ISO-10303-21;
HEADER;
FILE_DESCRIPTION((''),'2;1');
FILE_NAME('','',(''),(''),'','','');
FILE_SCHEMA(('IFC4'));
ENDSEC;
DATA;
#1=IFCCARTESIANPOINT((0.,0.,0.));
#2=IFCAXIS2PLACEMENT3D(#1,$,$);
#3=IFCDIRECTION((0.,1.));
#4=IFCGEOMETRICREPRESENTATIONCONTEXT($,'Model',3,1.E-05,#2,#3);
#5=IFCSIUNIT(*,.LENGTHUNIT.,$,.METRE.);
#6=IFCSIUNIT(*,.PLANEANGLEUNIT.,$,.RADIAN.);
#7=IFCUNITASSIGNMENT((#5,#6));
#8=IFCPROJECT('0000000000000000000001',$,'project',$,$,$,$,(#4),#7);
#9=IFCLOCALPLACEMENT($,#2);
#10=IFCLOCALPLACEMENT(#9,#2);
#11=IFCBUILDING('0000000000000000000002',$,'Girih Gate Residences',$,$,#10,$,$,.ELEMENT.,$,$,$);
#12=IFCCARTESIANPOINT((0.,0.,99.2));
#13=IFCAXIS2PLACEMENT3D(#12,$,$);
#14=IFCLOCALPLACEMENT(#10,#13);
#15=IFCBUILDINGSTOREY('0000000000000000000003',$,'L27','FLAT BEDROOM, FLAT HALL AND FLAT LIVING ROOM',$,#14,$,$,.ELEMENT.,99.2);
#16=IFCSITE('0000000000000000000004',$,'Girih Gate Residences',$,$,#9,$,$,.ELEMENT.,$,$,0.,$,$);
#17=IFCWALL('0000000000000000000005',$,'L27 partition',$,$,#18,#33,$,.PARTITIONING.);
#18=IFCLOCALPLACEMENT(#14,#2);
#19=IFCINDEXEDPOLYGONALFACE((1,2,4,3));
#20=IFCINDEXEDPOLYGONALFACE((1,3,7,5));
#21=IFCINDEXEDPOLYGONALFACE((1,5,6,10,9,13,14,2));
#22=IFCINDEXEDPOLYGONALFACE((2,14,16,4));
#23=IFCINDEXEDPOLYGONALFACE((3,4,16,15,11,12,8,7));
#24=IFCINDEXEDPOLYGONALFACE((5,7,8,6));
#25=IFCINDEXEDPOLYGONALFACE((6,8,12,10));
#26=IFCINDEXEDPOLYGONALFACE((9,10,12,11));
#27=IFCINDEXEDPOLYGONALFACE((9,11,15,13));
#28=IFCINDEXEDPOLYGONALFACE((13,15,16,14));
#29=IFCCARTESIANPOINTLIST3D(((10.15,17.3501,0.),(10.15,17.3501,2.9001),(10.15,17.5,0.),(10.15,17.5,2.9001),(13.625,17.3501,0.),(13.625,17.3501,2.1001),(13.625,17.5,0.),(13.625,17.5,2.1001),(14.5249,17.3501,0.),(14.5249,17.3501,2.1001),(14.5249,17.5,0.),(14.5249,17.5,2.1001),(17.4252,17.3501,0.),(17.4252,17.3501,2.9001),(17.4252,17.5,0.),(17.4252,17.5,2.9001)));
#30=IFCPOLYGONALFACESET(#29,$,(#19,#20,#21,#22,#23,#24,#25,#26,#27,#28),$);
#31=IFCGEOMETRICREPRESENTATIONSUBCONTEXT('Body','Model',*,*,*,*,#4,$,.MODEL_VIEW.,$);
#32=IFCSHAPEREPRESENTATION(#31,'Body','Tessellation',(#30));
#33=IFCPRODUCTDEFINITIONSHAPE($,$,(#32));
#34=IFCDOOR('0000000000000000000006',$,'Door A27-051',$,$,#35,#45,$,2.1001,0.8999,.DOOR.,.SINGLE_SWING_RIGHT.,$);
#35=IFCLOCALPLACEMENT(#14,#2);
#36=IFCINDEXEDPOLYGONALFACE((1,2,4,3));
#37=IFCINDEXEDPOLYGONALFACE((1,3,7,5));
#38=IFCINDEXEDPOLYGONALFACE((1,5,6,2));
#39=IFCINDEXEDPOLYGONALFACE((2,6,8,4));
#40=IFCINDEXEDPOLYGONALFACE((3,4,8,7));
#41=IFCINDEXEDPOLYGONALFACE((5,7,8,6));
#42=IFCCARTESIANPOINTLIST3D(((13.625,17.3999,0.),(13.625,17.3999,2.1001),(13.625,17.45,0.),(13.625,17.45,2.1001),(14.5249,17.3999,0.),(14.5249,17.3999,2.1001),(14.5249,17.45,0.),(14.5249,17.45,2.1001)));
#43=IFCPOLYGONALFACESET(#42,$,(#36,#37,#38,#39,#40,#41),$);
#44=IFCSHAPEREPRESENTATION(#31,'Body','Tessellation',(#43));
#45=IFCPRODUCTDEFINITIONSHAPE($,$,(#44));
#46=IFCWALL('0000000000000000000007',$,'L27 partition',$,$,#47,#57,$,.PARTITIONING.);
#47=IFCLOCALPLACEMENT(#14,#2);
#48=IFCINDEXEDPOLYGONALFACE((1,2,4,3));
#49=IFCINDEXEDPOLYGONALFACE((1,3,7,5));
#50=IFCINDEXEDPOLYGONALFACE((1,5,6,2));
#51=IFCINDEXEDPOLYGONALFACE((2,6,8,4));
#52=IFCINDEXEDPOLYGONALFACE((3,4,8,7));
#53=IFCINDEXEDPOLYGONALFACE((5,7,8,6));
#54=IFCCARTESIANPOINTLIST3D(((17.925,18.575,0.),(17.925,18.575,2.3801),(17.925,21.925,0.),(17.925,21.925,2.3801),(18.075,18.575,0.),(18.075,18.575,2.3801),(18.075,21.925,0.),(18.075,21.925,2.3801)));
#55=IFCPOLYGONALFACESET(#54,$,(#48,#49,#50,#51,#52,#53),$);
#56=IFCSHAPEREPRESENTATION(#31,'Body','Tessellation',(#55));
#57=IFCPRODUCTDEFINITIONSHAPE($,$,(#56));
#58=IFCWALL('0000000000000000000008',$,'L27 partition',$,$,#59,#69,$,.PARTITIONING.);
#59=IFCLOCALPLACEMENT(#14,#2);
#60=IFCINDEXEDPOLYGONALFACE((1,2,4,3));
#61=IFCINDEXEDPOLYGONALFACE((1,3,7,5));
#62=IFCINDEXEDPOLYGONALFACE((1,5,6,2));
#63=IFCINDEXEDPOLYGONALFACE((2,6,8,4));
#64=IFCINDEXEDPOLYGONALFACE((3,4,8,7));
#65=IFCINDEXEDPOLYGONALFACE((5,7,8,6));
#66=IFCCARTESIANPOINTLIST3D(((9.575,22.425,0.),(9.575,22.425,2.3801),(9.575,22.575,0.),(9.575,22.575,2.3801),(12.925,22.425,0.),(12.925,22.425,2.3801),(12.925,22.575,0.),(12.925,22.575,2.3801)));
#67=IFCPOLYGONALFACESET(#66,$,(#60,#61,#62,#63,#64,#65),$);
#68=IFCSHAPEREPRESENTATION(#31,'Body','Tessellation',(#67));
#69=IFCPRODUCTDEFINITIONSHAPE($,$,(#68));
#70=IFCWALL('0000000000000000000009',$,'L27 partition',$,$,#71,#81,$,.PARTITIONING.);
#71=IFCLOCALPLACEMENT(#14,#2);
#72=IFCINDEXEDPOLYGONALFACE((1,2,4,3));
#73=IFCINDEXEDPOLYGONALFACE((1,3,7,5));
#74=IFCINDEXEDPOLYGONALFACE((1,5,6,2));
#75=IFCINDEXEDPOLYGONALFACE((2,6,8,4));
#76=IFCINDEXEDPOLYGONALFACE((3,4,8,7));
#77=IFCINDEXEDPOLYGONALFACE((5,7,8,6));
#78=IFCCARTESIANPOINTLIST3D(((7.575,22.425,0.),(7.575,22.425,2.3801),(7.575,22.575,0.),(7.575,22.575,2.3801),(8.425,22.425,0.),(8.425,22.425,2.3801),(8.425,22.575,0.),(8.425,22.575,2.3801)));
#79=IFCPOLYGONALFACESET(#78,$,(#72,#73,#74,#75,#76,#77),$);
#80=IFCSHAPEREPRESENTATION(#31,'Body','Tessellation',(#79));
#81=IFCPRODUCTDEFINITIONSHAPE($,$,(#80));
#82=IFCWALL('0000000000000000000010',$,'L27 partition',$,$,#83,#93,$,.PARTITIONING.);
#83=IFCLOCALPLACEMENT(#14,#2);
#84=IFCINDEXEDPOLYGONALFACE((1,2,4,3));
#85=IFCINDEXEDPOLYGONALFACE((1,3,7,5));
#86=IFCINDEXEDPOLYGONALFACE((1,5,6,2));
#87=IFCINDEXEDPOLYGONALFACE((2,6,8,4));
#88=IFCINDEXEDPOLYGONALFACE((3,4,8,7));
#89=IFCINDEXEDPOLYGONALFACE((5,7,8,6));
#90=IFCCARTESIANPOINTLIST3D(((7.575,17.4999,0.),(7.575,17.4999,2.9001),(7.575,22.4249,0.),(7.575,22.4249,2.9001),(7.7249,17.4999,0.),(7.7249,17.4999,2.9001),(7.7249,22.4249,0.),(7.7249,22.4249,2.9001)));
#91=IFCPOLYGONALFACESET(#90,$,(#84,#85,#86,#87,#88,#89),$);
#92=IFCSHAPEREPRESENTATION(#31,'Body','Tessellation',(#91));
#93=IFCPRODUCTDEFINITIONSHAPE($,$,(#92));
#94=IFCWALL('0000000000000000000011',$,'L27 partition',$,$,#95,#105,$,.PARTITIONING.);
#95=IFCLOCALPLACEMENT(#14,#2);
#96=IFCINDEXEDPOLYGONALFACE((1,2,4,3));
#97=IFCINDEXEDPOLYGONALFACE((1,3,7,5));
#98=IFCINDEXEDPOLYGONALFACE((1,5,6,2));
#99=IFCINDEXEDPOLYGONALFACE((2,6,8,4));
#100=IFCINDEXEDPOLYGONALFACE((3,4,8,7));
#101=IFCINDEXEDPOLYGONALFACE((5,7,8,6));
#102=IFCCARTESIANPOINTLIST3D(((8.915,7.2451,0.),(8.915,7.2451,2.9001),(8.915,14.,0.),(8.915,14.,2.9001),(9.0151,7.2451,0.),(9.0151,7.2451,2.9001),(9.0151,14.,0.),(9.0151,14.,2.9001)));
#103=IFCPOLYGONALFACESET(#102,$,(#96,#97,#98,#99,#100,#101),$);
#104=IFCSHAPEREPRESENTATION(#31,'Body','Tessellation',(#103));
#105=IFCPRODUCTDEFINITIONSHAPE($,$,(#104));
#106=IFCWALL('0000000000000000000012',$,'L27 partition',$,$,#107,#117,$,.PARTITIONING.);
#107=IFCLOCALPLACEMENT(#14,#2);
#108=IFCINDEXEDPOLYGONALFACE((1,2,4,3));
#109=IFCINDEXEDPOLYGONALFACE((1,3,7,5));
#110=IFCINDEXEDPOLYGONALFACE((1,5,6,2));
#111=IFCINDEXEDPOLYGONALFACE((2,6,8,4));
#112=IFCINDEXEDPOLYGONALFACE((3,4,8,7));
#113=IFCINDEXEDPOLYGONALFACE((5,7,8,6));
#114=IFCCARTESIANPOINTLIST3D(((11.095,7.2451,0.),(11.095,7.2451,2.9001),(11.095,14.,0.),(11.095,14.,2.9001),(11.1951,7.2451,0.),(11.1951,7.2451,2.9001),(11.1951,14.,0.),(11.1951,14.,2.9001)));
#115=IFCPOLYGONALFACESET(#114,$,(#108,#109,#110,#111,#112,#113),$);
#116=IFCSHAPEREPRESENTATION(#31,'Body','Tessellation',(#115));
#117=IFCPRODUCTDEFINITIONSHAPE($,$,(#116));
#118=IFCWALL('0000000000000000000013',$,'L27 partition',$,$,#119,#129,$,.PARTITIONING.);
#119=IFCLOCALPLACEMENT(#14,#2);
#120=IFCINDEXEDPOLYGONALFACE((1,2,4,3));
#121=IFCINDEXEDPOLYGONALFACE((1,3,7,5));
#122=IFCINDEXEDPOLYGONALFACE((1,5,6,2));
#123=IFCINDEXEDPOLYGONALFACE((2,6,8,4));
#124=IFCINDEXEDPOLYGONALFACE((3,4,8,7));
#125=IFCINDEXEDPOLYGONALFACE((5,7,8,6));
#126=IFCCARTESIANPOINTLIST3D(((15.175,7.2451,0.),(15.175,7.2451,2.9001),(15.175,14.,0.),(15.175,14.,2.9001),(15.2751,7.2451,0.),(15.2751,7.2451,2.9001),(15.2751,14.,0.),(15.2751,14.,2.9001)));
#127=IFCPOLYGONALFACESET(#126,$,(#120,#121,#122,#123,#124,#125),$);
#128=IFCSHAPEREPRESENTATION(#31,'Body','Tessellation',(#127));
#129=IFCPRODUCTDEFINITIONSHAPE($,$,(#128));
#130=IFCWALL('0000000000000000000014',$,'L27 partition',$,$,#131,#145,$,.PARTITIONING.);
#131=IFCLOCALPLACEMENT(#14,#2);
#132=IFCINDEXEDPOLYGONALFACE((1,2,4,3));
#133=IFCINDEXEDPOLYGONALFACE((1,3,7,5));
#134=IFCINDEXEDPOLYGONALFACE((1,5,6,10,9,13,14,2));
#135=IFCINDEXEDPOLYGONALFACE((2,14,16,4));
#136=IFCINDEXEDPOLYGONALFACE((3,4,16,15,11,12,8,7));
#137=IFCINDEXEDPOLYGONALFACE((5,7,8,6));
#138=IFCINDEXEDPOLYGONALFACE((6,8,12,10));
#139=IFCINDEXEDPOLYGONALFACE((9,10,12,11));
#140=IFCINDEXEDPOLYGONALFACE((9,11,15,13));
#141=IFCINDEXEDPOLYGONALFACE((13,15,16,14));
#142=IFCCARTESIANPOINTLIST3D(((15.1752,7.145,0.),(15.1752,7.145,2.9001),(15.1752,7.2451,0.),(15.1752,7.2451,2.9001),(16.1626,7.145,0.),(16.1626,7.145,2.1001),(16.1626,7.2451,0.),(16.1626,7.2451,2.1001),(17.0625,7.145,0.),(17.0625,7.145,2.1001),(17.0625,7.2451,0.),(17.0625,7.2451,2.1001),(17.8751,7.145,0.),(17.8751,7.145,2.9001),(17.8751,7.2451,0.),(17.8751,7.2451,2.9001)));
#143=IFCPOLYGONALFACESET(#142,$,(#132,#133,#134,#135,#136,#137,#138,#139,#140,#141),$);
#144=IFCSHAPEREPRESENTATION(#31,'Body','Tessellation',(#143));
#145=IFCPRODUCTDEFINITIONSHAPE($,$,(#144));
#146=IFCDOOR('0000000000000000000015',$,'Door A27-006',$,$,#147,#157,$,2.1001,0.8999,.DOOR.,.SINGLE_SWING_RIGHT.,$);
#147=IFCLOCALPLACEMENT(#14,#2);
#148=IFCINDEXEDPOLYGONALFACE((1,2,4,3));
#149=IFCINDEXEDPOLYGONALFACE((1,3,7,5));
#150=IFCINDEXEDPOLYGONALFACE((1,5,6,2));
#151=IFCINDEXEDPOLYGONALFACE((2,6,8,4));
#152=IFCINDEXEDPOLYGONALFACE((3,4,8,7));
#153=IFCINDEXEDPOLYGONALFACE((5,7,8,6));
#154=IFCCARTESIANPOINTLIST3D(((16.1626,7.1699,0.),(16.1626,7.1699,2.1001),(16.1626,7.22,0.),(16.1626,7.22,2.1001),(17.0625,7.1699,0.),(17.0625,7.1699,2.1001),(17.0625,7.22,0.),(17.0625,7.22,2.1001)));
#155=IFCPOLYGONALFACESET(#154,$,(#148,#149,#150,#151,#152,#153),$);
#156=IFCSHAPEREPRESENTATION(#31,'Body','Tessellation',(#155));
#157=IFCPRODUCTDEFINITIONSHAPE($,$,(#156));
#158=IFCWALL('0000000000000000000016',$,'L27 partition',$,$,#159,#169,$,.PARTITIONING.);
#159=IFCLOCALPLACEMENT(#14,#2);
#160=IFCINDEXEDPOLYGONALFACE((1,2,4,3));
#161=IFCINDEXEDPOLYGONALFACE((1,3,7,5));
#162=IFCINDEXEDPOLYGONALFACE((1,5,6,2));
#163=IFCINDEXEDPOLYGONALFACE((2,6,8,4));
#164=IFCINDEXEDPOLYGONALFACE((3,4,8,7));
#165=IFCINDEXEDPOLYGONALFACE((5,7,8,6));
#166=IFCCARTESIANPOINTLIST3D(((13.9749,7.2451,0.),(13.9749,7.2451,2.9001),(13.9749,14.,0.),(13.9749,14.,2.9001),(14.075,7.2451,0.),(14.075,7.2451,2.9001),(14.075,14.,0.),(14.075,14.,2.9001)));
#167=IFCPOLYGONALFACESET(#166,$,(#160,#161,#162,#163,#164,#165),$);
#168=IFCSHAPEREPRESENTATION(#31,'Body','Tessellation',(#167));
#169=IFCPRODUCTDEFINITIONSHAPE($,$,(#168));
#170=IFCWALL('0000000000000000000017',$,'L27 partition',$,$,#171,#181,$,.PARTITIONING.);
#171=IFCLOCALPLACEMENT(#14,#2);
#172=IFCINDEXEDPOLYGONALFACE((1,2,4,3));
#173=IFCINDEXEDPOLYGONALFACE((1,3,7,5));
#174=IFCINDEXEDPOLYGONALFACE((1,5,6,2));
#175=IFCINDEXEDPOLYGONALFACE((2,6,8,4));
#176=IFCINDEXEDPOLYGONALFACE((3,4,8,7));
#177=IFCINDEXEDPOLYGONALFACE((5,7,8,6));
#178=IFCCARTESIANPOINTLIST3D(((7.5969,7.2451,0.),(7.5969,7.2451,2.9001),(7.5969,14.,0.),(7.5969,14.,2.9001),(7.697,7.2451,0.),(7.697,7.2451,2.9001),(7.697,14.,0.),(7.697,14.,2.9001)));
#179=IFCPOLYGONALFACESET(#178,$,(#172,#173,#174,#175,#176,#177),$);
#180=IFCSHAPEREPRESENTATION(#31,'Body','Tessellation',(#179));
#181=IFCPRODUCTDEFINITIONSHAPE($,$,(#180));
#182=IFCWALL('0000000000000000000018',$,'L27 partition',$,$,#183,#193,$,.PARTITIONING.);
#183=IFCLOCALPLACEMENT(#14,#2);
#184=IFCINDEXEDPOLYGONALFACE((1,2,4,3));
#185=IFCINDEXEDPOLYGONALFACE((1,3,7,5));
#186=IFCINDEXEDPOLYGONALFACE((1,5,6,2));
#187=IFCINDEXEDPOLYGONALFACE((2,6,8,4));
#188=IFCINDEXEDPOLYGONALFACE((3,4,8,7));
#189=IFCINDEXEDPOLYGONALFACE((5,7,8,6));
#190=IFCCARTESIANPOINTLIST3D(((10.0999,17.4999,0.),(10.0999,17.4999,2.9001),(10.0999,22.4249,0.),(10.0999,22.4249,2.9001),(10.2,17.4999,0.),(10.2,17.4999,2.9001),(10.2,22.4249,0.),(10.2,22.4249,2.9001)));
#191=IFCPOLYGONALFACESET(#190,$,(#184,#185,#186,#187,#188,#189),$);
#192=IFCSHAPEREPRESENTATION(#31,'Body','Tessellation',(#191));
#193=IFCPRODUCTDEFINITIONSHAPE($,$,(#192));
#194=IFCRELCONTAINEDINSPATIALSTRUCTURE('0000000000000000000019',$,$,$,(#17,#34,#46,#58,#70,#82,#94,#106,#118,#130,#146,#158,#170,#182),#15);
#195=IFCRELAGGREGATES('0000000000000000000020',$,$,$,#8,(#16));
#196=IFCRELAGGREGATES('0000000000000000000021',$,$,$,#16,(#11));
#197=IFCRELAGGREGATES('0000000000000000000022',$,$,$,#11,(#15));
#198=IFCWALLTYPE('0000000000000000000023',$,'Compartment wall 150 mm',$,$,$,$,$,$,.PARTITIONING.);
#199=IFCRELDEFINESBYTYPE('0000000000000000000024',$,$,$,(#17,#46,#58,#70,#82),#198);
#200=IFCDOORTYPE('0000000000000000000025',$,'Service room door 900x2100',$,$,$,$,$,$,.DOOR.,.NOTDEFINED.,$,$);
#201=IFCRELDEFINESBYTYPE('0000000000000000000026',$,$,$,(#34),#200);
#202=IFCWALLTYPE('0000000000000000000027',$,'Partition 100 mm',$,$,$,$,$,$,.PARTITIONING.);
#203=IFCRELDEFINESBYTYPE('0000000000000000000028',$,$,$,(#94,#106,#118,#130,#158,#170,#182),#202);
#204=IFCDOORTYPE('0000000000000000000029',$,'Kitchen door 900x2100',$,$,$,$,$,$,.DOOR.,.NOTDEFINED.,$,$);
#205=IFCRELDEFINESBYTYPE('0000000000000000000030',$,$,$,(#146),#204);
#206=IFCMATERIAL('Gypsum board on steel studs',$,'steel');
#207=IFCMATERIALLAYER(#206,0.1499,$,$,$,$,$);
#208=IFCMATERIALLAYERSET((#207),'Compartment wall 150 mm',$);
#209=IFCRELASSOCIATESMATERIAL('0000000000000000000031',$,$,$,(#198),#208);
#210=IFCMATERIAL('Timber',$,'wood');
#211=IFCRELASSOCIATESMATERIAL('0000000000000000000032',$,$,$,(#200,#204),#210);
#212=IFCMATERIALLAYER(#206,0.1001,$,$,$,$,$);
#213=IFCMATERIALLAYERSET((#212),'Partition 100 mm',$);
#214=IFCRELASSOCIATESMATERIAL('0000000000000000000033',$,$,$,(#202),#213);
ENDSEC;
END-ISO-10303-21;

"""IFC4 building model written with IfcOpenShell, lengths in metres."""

from ifc_helpers import new_model, si_unit, direction, frame, frame_2d, origin, place, context, subcontext, project, spatial, rectangle, extrude, material, layer, layer_set, type_object, element, fill, save


model = new_model("IFC4")

# Units and contexts
model_context = context("Model", 3, precision=1e-05, world=origin(), true_north=direction((0.0, 1.0)))
body_context = subcontext(model_context, "Body", "Model", "MODEL_VIEW")
ifc_project = project(units=[si_unit("LENGTHUNIT", "METRE"), si_unit("PLANEANGLEUNIT", "RADIAN")], contexts=[model_context])

# Site, building, storey
site_placement = place(None, origin())
site = spatial("IfcSite", under=ifc_project, at=site_placement, Name="Girih Gate Residences", CompositionType="ELEMENT", RefElevation=0.0)
building_placement = place(site_placement, origin())
building = spatial("IfcBuilding", under=site, at=building_placement, Name="Girih Gate Residences", CompositionType="ELEMENT")
storey_placement = place(building_placement, frame((0.0, 0.0, 99.2)))
storey = spatial("IfcBuildingStorey", under=building, at=storey_placement, Name="L27", Description="FLAT BEDROOM, FLAT HALL AND FLAT LIVING ROOM", CompositionType="ELEMENT", Elevation=99.2)

# Shared definitions
ifc_material_1 = material(Name="Gypsum board on steel studs", Category="steel")

# Shared definitions
ifc_layer_1 = layer(ifc_material_1, 0.1499)
ifc_layer_set_1 = layer_set([ifc_layer_1], Name="Compartment wall 150 mm")
wall_type_1 = type_object("IfcWallType", Name="Compartment wall 150 mm", PredefinedType="PARTITIONING", material=ifc_layer_set_1)

# Wall, opening, door
wall_1_placement = place(storey_placement, frame((10.1499, 17.425, 0.0), z_axis=(0.0, 0.0, 1.0), x_axis=(1.0, 0.0, 0.0)))
wall_1 = element("IfcWall", 1, at=wall_1_placement, inside=storey, type_object=wall_type_1, Name="L27 partition", PredefinedType="PARTITIONING", context=body_context, shape_type="SweptSolid", body=[
    extrude(rectangle(XDim=7.2751, YDim=0.1499, at=frame_2d((3.6377, 0.0))), origin(), (0.0, 0.0, 1.0), 2.9001),
])
opening_1_placement = place(wall_1_placement, frame((3.4751, 0.0, 0.0)))
opening_1 = element("IfcOpeningElement", 2, at=opening_1_placement, cuts=wall_1, PredefinedType="OPENING", context=body_context, shape_type="SweptSolid", body=[
    extrude(rectangle(XDim=0.8999, YDim=2.1001, at=frame_2d((0.45, 1.05))), frame((0.0, 0.085, 0.0), z_axis=(0.0, -1.0, 0.0), x_axis=(1.0, 0.0, 0.0)), (0.0, 0.0, 1.0), 0.1699),
])
ifc_material_2 = material(Name="Timber", Category="wood")
door_type_1 = type_object("IfcDoorType", Name="Service room door 900x2100", OperationType="NOTDEFINED", PredefinedType="DOOR", material=ifc_material_2)
door_1_placement = place(opening_1_placement, origin())
door_1 = element("IfcDoor", 3, at=door_1_placement, inside=storey, type_object=door_type_1, Name="Door A27-051", OperationType="SINGLE_SWING_RIGHT", OverallHeight=2.1001, OverallWidth=0.8999, PredefinedType="DOOR", context=body_context, shape_type="SweptSolid", body=[
    extrude(rectangle(XDim=0.8999, YDim=2.1001, at=frame_2d((0.45, 1.05))), frame((0.0, 0.0249, 0.0), z_axis=(0.0, -1.0, 0.0), x_axis=(1.0, 0.0, 0.0)), (0.0, 0.0, 1.0), 0.05),
])
fill(opening_1, door_1)

# Walls
for number, where, z_axis, x_axis, name in (
    (4, (18.0, 18.575, 0.0), (0.0, 0.0, 1.0), (0.0, 1.0, 0.0), "L27 partition"),
    (5, (9.575, 22.5, 0.0), (0.0, 0.0, 1.0), (1.0, 0.0, 0.0), "L27 partition"),
):
    element("IfcWall", number, at=place(storey_placement, frame(where, z_axis=z_axis, x_axis=x_axis)), inside=storey, type_object=wall_type_1, Name=name, PredefinedType="PARTITIONING", context=body_context, shape_type="SweptSolid", body=[
        extrude(rectangle(XDim=3.3501, YDim=0.1499, at=frame_2d((1.675, 0.0))), origin(), (0.0, 0.0, 1.0), 2.3801),
    ])
wall_2_placement = place(storey_placement, frame((7.575, 22.5, 0.0), z_axis=(0.0, 0.0, 1.0), x_axis=(1.0, 0.0, 0.0)))
element("IfcWall", 6, at=wall_2_placement, inside=storey, type_object=wall_type_1, Name="L27 partition", PredefinedType="PARTITIONING", context=body_context, shape_type="SweptSolid", body=[
    extrude(rectangle(XDim=0.8501, YDim=0.1499, at=frame_2d((0.425, 0.0))), origin(), (0.0, 0.0, 1.0), 2.3801),
])
wall_3_placement = place(storey_placement, frame((7.6499, 17.5, 0.0), z_axis=(0.0, 0.0, 1.0), x_axis=(0.0, 1.0, 0.0)))
element("IfcWall", 7, at=wall_3_placement, inside=storey, type_object=wall_type_1, Name="L27 partition", PredefinedType="PARTITIONING", context=body_context, shape_type="SweptSolid", body=[
    extrude(rectangle(XDim=4.925, YDim=0.1499, at=frame_2d((2.4624, 0.0))), origin(), (0.0, 0.0, 1.0), 2.9001),
])
ifc_layer_2 = layer(ifc_material_1, 0.1001)
ifc_layer_set_2 = layer_set([ifc_layer_2], Name="Partition 100 mm")
wall_type_2 = type_object("IfcWallType", Name="Partition 100 mm", PredefinedType="PARTITIONING", material=ifc_layer_set_2)
for number, where, z_axis, x_axis, name in (
    (8, (8.9651, 7.2451, 0.0), (0.0, 0.0, 1.0), (0.0, 1.0, 0.0), "L27 partition"),
    (9, (11.145, 7.2451, 0.0), (0.0, 0.0, 1.0), (0.0, 1.0, 0.0), "L27 partition"),
    (10, (15.2251, 7.2451, 0.0), (0.0, 0.0, 1.0), (0.0, 1.0, 0.0), "L27 partition"),
):
    element("IfcWall", number, at=place(storey_placement, frame(where, z_axis=z_axis, x_axis=x_axis)), inside=storey, type_object=wall_type_2, Name=name, PredefinedType="PARTITIONING", context=body_context, shape_type="SweptSolid", body=[
        extrude(rectangle(XDim=6.7549, YDim=0.1001, at=frame_2d((3.3774, 0.0))), origin(), (0.0, 0.0, 1.0), 2.9001),
    ])

# Wall, opening, door
wall_4_placement = place(storey_placement, frame((15.175, 7.1951, 0.0), z_axis=(0.0, 0.0, 1.0), x_axis=(1.0, 0.0, 0.0)))
wall_4 = element("IfcWall", 11, at=wall_4_placement, inside=storey, type_object=wall_type_2, Name="L27 partition", PredefinedType="PARTITIONING", context=body_context, shape_type="SweptSolid", body=[
    extrude(rectangle(XDim=2.7, YDim=0.1001, at=frame_2d((1.3501, 0.0))), origin(), (0.0, 0.0, 1.0), 2.9001),
])
opening_2_placement = place(wall_4_placement, frame((0.9875, 0.0, 0.0)))
opening_2 = element("IfcOpeningElement", 12, at=opening_2_placement, cuts=wall_4, PredefinedType="OPENING", context=body_context, shape_type="SweptSolid", body=[
    extrude(rectangle(XDim=0.8999, YDim=2.1001, at=frame_2d((0.45, 1.05))), frame((0.0, 0.0601, 0.0), z_axis=(0.0, -1.0, 0.0), x_axis=(1.0, 0.0, 0.0)), (0.0, 0.0, 1.0), 0.1201),
])
door_type_2 = type_object("IfcDoorType", Name="Kitchen door 900x2100", OperationType="NOTDEFINED", PredefinedType="DOOR", material=ifc_material_2)
door_2_placement = place(opening_2_placement, origin())
door_2 = element("IfcDoor", 13, at=door_2_placement, inside=storey, type_object=door_type_2, Name="Door A27-006", OperationType="SINGLE_SWING_RIGHT", OverallHeight=2.1001, OverallWidth=0.8999, PredefinedType="DOOR", context=body_context, shape_type="SweptSolid", body=[
    extrude(rectangle(XDim=0.8999, YDim=2.1001, at=frame_2d((0.45, 1.05))), frame((0.0, 0.0249, 0.0), z_axis=(0.0, -1.0, 0.0), x_axis=(1.0, 0.0, 0.0)), (0.0, 0.0, 1.0), 0.05),
])
fill(opening_2, door_2)

# Walls
for number, where, z_axis, x_axis, name in (
    (14, (14.0249, 7.2451, 0.0), (0.0, 0.0, 1.0), (0.0, 1.0, 0.0), "L27 partition"),
    (15, (7.647, 7.2451, 0.0), (0.0, 0.0, 1.0), (0.0, 1.0, 0.0), "L27 partition"),
):
    element("IfcWall", number, at=place(storey_placement, frame(where, z_axis=z_axis, x_axis=x_axis)), inside=storey, type_object=wall_type_2, Name=name, PredefinedType="PARTITIONING", context=body_context, shape_type="SweptSolid", body=[
        extrude(rectangle(XDim=6.7549, YDim=0.1001, at=frame_2d((3.3774, 0.0))), origin(), (0.0, 0.0, 1.0), 2.9001),
    ])
wall_5_placement = place(storey_placement, frame((10.1499, 17.5, 0.0), z_axis=(0.0, 0.0, 1.0), x_axis=(0.0, 1.0, 0.0)))
element("IfcWall", 16, at=wall_5_placement, inside=storey, type_object=wall_type_2, Name="L27 partition", PredefinedType="PARTITIONING", context=body_context, shape_type="SweptSolid", body=[
    extrude(rectangle(XDim=4.925, YDim=0.1001, at=frame_2d((2.4624, 0.0))), origin(), (0.0, 0.0, 1.0), 2.9001),
])

save(model, "model.ifc")
